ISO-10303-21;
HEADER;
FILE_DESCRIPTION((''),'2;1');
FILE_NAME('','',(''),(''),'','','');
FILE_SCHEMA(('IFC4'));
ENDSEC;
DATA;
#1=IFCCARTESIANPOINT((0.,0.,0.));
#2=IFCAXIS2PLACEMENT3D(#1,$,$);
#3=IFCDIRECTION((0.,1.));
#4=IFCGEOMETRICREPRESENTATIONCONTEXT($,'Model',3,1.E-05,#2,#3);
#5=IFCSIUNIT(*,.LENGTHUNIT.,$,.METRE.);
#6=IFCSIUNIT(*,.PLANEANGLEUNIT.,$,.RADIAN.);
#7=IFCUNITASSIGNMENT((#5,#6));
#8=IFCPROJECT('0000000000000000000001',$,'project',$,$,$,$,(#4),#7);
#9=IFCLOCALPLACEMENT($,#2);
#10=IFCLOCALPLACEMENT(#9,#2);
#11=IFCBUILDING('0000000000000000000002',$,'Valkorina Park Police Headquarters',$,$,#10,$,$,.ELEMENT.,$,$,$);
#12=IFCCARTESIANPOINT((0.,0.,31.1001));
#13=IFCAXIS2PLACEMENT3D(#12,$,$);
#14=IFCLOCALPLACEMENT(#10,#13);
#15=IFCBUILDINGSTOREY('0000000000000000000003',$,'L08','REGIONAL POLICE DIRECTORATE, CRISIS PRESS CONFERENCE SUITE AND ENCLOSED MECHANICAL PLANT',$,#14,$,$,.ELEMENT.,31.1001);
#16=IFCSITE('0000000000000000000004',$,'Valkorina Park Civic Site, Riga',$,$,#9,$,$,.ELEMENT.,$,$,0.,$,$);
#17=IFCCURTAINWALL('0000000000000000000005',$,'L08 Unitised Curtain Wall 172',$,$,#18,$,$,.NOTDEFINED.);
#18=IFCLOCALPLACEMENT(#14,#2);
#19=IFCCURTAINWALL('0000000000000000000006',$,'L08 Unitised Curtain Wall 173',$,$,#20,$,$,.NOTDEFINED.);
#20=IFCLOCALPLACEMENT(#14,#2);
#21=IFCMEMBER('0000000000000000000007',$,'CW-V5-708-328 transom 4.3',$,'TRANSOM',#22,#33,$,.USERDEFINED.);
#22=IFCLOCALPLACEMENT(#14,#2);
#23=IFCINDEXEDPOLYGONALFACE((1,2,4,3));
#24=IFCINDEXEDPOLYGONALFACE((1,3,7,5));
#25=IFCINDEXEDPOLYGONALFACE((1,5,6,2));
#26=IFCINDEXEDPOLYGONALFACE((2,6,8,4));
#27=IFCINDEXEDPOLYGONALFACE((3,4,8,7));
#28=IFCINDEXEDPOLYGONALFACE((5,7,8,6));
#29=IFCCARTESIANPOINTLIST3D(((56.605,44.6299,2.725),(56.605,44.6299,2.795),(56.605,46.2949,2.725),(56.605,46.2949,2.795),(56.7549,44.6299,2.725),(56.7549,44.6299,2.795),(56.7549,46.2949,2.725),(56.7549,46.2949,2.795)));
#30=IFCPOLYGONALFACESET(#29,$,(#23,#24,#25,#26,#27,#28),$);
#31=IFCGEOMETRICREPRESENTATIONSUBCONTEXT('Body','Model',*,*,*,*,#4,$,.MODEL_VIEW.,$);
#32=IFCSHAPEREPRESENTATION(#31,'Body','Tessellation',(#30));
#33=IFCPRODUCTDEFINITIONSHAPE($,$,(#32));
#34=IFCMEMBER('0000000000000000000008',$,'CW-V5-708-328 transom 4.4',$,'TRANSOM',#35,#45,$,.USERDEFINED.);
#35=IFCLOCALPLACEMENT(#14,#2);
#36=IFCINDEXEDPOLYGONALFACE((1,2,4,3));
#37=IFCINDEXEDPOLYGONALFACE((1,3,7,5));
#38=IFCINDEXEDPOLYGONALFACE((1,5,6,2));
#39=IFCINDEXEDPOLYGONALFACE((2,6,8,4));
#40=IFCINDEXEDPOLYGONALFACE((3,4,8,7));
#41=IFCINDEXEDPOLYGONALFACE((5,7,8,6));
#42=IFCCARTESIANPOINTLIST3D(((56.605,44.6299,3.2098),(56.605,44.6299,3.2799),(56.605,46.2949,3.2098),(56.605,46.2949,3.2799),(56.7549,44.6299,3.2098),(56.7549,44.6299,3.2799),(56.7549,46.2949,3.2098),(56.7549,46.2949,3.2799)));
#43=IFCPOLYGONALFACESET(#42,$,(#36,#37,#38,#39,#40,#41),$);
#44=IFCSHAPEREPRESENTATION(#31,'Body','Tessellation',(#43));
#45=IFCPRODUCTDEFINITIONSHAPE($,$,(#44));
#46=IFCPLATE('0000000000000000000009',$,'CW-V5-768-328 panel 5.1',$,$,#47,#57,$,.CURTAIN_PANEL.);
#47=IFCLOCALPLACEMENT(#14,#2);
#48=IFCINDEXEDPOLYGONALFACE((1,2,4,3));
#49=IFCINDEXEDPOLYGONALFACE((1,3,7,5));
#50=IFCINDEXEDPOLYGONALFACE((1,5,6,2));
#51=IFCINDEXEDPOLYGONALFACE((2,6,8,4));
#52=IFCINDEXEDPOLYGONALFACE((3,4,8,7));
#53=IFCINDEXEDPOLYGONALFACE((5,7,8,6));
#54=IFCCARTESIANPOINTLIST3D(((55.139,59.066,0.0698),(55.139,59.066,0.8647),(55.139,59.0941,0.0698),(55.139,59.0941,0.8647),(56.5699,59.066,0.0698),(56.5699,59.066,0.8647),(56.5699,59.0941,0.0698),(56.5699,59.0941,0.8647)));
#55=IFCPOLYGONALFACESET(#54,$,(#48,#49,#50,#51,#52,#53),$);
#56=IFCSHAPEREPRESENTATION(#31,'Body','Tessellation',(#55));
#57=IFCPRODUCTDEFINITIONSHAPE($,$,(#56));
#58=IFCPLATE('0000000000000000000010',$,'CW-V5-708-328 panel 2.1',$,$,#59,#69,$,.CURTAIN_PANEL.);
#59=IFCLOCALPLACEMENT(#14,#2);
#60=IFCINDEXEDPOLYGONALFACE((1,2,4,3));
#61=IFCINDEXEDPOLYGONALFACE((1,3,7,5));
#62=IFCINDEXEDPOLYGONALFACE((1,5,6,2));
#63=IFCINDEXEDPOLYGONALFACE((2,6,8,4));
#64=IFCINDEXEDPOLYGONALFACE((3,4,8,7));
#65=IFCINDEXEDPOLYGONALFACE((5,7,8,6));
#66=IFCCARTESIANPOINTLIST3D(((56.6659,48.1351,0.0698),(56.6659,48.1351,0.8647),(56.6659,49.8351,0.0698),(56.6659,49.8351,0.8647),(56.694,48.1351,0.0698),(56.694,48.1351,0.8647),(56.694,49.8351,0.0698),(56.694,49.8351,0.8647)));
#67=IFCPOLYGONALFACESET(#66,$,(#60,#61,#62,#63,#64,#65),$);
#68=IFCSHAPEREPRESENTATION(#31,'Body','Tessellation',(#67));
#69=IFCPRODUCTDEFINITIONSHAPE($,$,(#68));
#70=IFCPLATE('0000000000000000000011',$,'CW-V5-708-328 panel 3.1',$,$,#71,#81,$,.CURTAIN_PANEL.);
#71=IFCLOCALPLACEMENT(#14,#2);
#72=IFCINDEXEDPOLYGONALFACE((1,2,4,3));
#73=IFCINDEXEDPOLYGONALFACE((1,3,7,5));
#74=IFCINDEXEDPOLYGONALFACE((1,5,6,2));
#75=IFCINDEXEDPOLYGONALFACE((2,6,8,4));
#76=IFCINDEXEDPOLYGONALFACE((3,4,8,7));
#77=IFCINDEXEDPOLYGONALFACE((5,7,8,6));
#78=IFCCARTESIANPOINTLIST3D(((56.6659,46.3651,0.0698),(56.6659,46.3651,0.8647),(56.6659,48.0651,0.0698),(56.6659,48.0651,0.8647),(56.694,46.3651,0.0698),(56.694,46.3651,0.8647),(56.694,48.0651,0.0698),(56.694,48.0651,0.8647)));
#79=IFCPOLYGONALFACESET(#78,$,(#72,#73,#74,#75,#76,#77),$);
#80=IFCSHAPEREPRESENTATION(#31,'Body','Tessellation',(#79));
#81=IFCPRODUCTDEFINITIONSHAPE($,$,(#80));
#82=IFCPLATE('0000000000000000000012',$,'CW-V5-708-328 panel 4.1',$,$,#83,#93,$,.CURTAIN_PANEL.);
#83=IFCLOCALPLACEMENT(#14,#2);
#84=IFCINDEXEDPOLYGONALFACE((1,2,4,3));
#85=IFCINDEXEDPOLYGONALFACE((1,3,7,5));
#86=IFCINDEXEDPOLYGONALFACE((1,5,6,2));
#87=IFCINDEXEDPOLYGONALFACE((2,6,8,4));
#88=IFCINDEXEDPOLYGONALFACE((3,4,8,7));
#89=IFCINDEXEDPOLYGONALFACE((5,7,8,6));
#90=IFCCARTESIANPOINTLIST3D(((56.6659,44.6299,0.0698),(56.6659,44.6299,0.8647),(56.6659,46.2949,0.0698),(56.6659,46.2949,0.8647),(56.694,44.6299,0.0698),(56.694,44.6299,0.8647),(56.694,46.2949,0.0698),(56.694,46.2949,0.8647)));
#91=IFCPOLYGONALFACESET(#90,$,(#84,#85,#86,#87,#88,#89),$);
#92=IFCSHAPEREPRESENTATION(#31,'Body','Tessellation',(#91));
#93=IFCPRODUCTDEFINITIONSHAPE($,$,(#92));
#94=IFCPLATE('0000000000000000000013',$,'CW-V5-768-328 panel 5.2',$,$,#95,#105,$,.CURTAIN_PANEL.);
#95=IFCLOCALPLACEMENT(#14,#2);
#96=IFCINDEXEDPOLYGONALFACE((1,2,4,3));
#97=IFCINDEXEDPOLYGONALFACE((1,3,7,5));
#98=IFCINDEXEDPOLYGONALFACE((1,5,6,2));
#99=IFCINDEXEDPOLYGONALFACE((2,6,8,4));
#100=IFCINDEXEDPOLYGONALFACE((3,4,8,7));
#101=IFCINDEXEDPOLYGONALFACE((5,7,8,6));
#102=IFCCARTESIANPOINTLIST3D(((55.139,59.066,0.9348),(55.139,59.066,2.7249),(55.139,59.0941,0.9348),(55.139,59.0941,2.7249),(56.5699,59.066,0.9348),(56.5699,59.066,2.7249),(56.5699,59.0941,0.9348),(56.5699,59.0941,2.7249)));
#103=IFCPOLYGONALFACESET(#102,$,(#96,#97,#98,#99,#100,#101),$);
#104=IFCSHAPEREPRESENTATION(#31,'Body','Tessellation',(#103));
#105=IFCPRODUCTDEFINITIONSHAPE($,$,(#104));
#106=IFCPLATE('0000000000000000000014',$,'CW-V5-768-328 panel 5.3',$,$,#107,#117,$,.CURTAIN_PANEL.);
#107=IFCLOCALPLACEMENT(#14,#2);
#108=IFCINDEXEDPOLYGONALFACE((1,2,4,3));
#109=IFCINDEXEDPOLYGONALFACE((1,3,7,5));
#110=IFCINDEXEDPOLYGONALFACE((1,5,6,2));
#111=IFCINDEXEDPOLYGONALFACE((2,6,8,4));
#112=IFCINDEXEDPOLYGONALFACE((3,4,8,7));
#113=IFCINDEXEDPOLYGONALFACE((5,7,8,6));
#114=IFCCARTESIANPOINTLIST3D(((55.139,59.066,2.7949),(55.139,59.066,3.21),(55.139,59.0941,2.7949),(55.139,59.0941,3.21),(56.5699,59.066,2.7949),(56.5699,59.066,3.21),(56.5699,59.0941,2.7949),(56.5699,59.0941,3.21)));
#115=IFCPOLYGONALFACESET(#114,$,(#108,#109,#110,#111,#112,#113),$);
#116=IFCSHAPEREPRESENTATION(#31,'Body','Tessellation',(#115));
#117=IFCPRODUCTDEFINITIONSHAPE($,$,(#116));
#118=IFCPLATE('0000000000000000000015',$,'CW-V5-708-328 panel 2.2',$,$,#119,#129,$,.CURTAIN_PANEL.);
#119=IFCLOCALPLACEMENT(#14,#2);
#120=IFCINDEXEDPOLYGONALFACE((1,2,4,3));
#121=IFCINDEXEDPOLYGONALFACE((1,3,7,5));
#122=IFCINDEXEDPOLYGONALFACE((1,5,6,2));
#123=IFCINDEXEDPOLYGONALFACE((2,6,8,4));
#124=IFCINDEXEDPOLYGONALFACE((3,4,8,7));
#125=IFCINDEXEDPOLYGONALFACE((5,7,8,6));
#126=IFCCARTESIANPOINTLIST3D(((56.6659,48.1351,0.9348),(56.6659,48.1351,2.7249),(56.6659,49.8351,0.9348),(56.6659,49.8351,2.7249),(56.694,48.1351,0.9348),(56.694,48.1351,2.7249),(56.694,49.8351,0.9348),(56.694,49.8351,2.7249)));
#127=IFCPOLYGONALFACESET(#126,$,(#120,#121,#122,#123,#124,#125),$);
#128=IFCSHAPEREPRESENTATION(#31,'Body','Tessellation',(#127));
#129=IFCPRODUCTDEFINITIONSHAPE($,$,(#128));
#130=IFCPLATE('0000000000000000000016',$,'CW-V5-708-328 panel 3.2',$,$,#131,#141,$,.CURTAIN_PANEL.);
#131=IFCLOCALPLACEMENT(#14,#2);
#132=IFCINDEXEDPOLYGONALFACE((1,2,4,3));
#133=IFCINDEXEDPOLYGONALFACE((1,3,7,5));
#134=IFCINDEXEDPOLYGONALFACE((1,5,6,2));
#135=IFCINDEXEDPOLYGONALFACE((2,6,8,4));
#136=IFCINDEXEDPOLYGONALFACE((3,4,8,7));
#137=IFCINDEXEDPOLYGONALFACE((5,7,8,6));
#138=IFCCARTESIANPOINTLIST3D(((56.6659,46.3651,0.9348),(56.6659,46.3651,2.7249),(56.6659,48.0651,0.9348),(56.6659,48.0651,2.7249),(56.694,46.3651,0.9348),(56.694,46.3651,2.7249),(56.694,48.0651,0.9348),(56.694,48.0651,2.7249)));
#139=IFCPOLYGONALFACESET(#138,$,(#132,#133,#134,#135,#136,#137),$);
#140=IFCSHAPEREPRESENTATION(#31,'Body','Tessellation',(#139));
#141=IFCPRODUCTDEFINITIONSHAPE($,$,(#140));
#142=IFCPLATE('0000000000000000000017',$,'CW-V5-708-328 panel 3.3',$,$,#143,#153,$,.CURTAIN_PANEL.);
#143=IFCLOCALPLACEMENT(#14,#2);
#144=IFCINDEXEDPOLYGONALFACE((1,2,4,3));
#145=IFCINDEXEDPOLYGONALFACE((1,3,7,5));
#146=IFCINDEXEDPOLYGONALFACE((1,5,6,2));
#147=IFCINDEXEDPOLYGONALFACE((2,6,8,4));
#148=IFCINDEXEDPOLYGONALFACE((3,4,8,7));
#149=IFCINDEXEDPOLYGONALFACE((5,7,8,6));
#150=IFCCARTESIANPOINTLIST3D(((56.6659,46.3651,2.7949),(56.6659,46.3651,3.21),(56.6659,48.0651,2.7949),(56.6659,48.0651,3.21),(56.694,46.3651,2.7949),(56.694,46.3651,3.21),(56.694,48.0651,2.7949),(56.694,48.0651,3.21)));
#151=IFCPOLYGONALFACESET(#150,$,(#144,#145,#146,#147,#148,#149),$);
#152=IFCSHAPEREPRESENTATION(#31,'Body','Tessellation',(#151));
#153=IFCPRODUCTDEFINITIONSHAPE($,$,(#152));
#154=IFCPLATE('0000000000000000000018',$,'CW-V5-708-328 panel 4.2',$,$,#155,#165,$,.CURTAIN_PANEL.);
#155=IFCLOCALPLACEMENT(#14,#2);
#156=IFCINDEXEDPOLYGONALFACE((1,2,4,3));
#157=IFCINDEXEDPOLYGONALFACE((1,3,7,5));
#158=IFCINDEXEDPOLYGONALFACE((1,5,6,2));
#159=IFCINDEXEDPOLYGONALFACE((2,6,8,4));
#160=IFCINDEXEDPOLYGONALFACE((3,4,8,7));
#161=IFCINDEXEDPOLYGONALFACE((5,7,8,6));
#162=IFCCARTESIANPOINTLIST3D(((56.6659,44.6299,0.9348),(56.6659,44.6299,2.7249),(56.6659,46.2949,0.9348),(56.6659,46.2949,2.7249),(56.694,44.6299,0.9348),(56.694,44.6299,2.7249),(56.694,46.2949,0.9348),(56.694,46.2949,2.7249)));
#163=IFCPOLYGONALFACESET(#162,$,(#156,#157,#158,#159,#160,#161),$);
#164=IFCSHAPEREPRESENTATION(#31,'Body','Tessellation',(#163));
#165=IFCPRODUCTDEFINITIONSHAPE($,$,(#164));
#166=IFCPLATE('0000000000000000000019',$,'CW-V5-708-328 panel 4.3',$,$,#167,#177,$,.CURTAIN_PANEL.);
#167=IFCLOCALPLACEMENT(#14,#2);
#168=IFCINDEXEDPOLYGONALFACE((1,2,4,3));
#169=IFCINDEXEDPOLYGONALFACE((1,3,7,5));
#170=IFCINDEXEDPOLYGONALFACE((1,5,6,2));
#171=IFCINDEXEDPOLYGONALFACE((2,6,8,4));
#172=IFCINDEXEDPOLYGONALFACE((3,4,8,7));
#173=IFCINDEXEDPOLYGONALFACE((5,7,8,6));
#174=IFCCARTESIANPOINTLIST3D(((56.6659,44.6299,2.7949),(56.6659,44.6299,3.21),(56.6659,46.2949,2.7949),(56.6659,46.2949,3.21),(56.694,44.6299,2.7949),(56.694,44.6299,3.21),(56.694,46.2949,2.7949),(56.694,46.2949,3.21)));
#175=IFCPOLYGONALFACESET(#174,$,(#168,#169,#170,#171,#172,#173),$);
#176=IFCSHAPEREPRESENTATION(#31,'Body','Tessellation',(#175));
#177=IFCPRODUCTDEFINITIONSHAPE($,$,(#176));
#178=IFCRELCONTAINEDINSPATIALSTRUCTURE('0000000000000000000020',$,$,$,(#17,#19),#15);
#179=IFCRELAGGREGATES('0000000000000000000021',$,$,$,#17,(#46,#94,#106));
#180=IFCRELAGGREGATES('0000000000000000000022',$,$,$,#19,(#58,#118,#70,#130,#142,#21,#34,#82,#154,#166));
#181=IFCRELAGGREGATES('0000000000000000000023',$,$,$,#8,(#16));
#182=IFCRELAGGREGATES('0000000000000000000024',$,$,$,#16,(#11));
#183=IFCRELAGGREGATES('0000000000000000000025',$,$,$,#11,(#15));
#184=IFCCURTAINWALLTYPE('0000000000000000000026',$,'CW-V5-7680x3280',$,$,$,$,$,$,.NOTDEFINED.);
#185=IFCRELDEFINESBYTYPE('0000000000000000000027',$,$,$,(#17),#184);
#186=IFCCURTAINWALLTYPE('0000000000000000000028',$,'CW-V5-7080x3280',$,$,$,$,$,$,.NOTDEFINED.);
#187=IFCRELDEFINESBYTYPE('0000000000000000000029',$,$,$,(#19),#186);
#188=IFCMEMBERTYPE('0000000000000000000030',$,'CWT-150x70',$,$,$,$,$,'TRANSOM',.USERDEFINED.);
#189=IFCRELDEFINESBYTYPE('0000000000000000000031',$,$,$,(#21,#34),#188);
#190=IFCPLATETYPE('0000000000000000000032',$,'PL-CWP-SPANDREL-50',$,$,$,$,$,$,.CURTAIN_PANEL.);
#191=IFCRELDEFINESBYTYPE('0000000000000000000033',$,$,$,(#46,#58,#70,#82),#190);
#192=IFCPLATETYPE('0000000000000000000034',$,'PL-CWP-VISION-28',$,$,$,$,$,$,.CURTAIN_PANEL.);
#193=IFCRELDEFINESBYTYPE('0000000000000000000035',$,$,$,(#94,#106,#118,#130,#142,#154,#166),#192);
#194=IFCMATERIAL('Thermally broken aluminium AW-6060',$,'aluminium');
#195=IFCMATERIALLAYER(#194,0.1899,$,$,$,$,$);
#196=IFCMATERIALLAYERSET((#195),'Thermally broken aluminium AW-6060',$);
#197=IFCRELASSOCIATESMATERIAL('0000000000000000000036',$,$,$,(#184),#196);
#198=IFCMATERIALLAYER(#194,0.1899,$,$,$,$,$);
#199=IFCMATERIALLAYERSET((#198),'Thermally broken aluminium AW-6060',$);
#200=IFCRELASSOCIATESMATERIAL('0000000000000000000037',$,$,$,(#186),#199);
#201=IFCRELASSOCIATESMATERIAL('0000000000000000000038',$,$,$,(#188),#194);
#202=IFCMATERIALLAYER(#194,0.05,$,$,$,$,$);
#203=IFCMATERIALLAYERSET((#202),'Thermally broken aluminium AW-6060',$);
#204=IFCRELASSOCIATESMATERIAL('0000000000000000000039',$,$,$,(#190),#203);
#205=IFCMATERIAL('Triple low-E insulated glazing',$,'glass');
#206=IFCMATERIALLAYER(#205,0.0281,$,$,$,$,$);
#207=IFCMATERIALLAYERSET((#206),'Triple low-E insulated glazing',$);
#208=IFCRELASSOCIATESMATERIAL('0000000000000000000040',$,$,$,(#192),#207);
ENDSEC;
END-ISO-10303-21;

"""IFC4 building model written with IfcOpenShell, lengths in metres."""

from ifc_helpers import new_model, si_unit, direction, frame, origin, origin_2d, place, context, subcontext, project, spatial, rectangle, extrude, material, layer, layer_set, material_profile, profile_set, type_object, element, aggregate, save


model = new_model("IFC4")

# Units and contexts
model_context = context("Model", 3, precision=1e-05, world=origin(), true_north=direction((0.0, 1.0)))
body_context = subcontext(model_context, "Body", "Model", "MODEL_VIEW")
ifc_project = project(units=[si_unit("LENGTHUNIT", "METRE"), si_unit("PLANEANGLEUNIT", "RADIAN")], contexts=[model_context])

# Site, building, storey
site_placement = place(None, origin())
site = spatial("IfcSite", under=ifc_project, at=site_placement, Name="Valkorina Park Civic Site, Riga", CompositionType="ELEMENT", RefElevation=0.0)
building_placement = place(site_placement, origin())
building = spatial("IfcBuilding", under=site, at=building_placement, Name="Valkorina Park Police Headquarters", CompositionType="ELEMENT")
storey_placement = place(building_placement, frame((0.0, 0.0, 31.1001)))
storey = spatial("IfcBuildingStorey", under=building, at=storey_placement, Name="L08", Description="REGIONAL POLICE DIRECTORATE, CRISIS PRESS CONFERENCE SUITE AND ENCLOSED MECHANICAL PLANT", CompositionType="ELEMENT", Elevation=31.1001)

# Curtain walls
ifc_material_1 = material(Name="Thermally broken aluminium AW-6060", Category="aluminium")
ifc_layer_1 = layer(ifc_material_1, 0.1899)
ifc_layer_set_1 = layer_set([ifc_layer_1], Name="Thermally broken aluminium AW-6060")
curtain_wall_type_1 = type_object("IfcCurtainWallType", Name="CW-V5-7680x3280", PredefinedType="NOTDEFINED", material=ifc_layer_set_1)
curtain_wall_1_placement = place(storey_placement, origin())
curtain_wall_1 = element("IfcCurtainWall", 1, at=curtain_wall_1_placement, inside=storey, type_object=curtain_wall_type_1, Name="L08 Unitised Curtain Wall 172", PredefinedType="NOTDEFINED")
ifc_layer_2 = layer(ifc_material_1, 0.1899)
ifc_layer_set_2 = layer_set([ifc_layer_2], Name="Thermally broken aluminium AW-6060")
curtain_wall_type_2 = type_object("IfcCurtainWallType", Name="CW-V5-7080x3280", PredefinedType="NOTDEFINED", material=ifc_layer_set_2)
curtain_wall_2_placement = place(storey_placement, origin())
curtain_wall_2 = element("IfcCurtainWall", 2, at=curtain_wall_2_placement, inside=storey, type_object=curtain_wall_type_2, Name="L08 Unitised Curtain Wall 173", PredefinedType="NOTDEFINED")

# Members
ifc_material_profile_1 = material_profile(ifc_material_1, rectangle(XDim=0.1499, YDim=0.0701, at=origin_2d()), Name="CWT-02 150x70")
ifc_profile_set_1 = profile_set([ifc_material_profile_1], Name="Thermally broken aluminium AW-6060")
member_type_1 = type_object("IfcMemberType", Name="CWT-150x70", ElementType="TRANSOM", PredefinedType="USERDEFINED", material=ifc_profile_set_1)
member_1_placement = place(storey_placement, frame((56.6799, 46.2949, 2.76), z_axis=(0.0, -1.0, 0.0), x_axis=(1.0, 0.0, 0.0)))
member_1 = element("IfcMember", 3, at=member_1_placement, type_object=member_type_1, Name="CW-V5-708-328 transom 4.3", ObjectType="TRANSOM", PredefinedType="USERDEFINED", context=body_context, shape_type="SweptSolid", body=[
    extrude(rectangle(XDim=0.1499, YDim=0.0701, at=origin_2d()), origin(), (0.0, 0.0, 1.0), 1.665),
])
member_2_placement = place(storey_placement, frame((56.6799, 46.2949, 3.2449), z_axis=(0.0, -1.0, 0.0), x_axis=(1.0, 0.0, 0.0)))
member_2 = element("IfcMember", 4, at=member_2_placement, type_object=member_type_1, Name="CW-V5-708-328 transom 4.4", ObjectType="TRANSOM", PredefinedType="USERDEFINED", context=body_context, shape_type="SweptSolid", body=[
    extrude(rectangle(XDim=0.1499, YDim=0.0701, at=origin_2d()), origin(), (0.0, 0.0, 1.0), 1.665),
])

# Plates
ifc_layer_3 = layer(ifc_material_1, 0.05)
ifc_layer_set_3 = layer_set([ifc_layer_3], Name="Thermally broken aluminium AW-6060")
plate_type_1 = type_object("IfcPlateType", Name="PL-CWP-SPANDREL-50", PredefinedType="CURTAIN_PANEL", material=ifc_layer_set_3)
plate_1_placement = place(storey_placement, frame((55.8545, 59.0801, 0.0698), z_axis=(0.0, 0.0, 1.0), x_axis=(1.0, 0.0, 0.0)))
plate_1 = element("IfcPlate", 5, at=plate_1_placement, type_object=plate_type_1, Name="CW-V5-768-328 panel 5.1", PredefinedType="CURTAIN_PANEL", context=body_context, shape_type="SweptSolid", body=[
    extrude(rectangle(XDim=1.4309, YDim=0.0281, at=origin_2d()), origin(), (0.0, 0.0, 1.0), 0.7949),
])
plate_2_placement = place(storey_placement, frame((56.6799, 48.9851, 0.0698), z_axis=(0.0, 0.0, 1.0), x_axis=(0.0, -1.0, 0.0)))
plate_2 = element("IfcPlate", 6, at=plate_2_placement, type_object=plate_type_1, Name="CW-V5-708-328 panel 2.1", PredefinedType="CURTAIN_PANEL", context=body_context, shape_type="SweptSolid", body=[
    extrude(rectangle(XDim=1.7, YDim=0.0281, at=origin_2d()), origin(), (0.0, 0.0, 1.0), 0.7949),
])
plate_3_placement = place(storey_placement, frame((56.6799, 47.2151, 0.0698), z_axis=(0.0, 0.0, 1.0), x_axis=(0.0, -1.0, 0.0)))
plate_3 = element("IfcPlate", 7, at=plate_3_placement, type_object=plate_type_1, Name="CW-V5-708-328 panel 3.1", PredefinedType="CURTAIN_PANEL", context=body_context, shape_type="SweptSolid", body=[
    extrude(rectangle(XDim=1.7, YDim=0.0281, at=origin_2d()), origin(), (0.0, 0.0, 1.0), 0.7949),
])
plate_4_placement = place(storey_placement, frame((56.6799, 45.4624, 0.0698), z_axis=(0.0, 0.0, 1.0), x_axis=(0.0, -1.0, 0.0)))
plate_4 = element("IfcPlate", 8, at=plate_4_placement, type_object=plate_type_1, Name="CW-V5-708-328 panel 4.1", PredefinedType="CURTAIN_PANEL", context=body_context, shape_type="SweptSolid", body=[
    extrude(rectangle(XDim=1.665, YDim=0.0281, at=origin_2d()), origin(), (0.0, 0.0, 1.0), 0.7949),
])
ifc_material_2 = material(Name="Triple low-E insulated glazing", Category="glass")
ifc_layer_4 = layer(ifc_material_2, 0.0281)
ifc_layer_set_4 = layer_set([ifc_layer_4], Name="Triple low-E insulated glazing")
plate_type_2 = type_object("IfcPlateType", Name="PL-CWP-VISION-28", PredefinedType="CURTAIN_PANEL", material=ifc_layer_set_4)
plate_5_placement = place(storey_placement, frame((55.8545, 59.0801, 0.9348), z_axis=(0.0, 0.0, 1.0), x_axis=(1.0, 0.0, 0.0)))
plate_5 = element("IfcPlate", 9, at=plate_5_placement, type_object=plate_type_2, Name="CW-V5-768-328 panel 5.2", PredefinedType="CURTAIN_PANEL", context=body_context, shape_type="SweptSolid", body=[
    extrude(rectangle(XDim=1.4309, YDim=0.0281, at=origin_2d()), origin(), (0.0, 0.0, 1.0), 1.79),
])
plate_6_placement = place(storey_placement, frame((55.8545, 59.0801, 2.7949), z_axis=(0.0, 0.0, 1.0), x_axis=(1.0, 0.0, 0.0)))
plate_6 = element("IfcPlate", 10, at=plate_6_placement, type_object=plate_type_2, Name="CW-V5-768-328 panel 5.3", PredefinedType="CURTAIN_PANEL", context=body_context, shape_type="SweptSolid", body=[
    extrude(rectangle(XDim=1.4309, YDim=0.0281, at=origin_2d()), origin(), (0.0, 0.0, 1.0), 0.415),
])
aggregate(curtain_wall_1, [plate_1, plate_5, plate_6])
plate_7_placement = place(storey_placement, frame((56.6799, 48.9851, 0.9348), z_axis=(0.0, 0.0, 1.0), x_axis=(0.0, -1.0, 0.0)))
plate_7 = element("IfcPlate", 11, at=plate_7_placement, type_object=plate_type_2, Name="CW-V5-708-328 panel 2.2", PredefinedType="CURTAIN_PANEL", context=body_context, shape_type="SweptSolid", body=[
    extrude(rectangle(XDim=1.7, YDim=0.0281, at=origin_2d()), origin(), (0.0, 0.0, 1.0), 1.79),
])
plate_8_placement = place(storey_placement, frame((56.6799, 47.2151, 0.9348), z_axis=(0.0, 0.0, 1.0), x_axis=(0.0, -1.0, 0.0)))
plate_8 = element("IfcPlate", 12, at=plate_8_placement, type_object=plate_type_2, Name="CW-V5-708-328 panel 3.2", PredefinedType="CURTAIN_PANEL", context=body_context, shape_type="SweptSolid", body=[
    extrude(rectangle(XDim=1.7, YDim=0.0281, at=origin_2d()), origin(), (0.0, 0.0, 1.0), 1.79),
])
plate_9_placement = place(storey_placement, frame((56.6799, 47.2151, 2.7949), z_axis=(0.0, 0.0, 1.0), x_axis=(0.0, -1.0, 0.0)))
plate_9 = element("IfcPlate", 13, at=plate_9_placement, type_object=plate_type_2, Name="CW-V5-708-328 panel 3.3", PredefinedType="CURTAIN_PANEL", context=body_context, shape_type="SweptSolid", body=[
    extrude(rectangle(XDim=1.7, YDim=0.0281, at=origin_2d()), origin(), (0.0, 0.0, 1.0), 0.415),
])
plate_10_placement = place(storey_placement, frame((56.6799, 45.4624, 0.9348), z_axis=(0.0, 0.0, 1.0), x_axis=(0.0, -1.0, 0.0)))
plate_10 = element("IfcPlate", 14, at=plate_10_placement, type_object=plate_type_2, Name="CW-V5-708-328 panel 4.2", PredefinedType="CURTAIN_PANEL", context=body_context, shape_type="SweptSolid", body=[
    extrude(rectangle(XDim=1.665, YDim=0.0281, at=origin_2d()), origin(), (0.0, 0.0, 1.0), 1.79),
])
plate_11_placement = place(storey_placement, frame((56.6799, 45.4624, 2.7949), z_axis=(0.0, 0.0, 1.0), x_axis=(0.0, -1.0, 0.0)))
plate_11 = element("IfcPlate", 15, at=plate_11_placement, type_object=plate_type_2, Name="CW-V5-708-328 panel 4.3", PredefinedType="CURTAIN_PANEL", context=body_context, shape_type="SweptSolid", body=[
    extrude(rectangle(XDim=1.665, YDim=0.0281, at=origin_2d()), origin(), (0.0, 0.0, 1.0), 0.415),
])
aggregate(curtain_wall_2, [plate_2, plate_7, plate_3, plate_8, plate_9, member_1, member_2, plate_4, plate_10, plate_11])

save(model, "model.ifc")
